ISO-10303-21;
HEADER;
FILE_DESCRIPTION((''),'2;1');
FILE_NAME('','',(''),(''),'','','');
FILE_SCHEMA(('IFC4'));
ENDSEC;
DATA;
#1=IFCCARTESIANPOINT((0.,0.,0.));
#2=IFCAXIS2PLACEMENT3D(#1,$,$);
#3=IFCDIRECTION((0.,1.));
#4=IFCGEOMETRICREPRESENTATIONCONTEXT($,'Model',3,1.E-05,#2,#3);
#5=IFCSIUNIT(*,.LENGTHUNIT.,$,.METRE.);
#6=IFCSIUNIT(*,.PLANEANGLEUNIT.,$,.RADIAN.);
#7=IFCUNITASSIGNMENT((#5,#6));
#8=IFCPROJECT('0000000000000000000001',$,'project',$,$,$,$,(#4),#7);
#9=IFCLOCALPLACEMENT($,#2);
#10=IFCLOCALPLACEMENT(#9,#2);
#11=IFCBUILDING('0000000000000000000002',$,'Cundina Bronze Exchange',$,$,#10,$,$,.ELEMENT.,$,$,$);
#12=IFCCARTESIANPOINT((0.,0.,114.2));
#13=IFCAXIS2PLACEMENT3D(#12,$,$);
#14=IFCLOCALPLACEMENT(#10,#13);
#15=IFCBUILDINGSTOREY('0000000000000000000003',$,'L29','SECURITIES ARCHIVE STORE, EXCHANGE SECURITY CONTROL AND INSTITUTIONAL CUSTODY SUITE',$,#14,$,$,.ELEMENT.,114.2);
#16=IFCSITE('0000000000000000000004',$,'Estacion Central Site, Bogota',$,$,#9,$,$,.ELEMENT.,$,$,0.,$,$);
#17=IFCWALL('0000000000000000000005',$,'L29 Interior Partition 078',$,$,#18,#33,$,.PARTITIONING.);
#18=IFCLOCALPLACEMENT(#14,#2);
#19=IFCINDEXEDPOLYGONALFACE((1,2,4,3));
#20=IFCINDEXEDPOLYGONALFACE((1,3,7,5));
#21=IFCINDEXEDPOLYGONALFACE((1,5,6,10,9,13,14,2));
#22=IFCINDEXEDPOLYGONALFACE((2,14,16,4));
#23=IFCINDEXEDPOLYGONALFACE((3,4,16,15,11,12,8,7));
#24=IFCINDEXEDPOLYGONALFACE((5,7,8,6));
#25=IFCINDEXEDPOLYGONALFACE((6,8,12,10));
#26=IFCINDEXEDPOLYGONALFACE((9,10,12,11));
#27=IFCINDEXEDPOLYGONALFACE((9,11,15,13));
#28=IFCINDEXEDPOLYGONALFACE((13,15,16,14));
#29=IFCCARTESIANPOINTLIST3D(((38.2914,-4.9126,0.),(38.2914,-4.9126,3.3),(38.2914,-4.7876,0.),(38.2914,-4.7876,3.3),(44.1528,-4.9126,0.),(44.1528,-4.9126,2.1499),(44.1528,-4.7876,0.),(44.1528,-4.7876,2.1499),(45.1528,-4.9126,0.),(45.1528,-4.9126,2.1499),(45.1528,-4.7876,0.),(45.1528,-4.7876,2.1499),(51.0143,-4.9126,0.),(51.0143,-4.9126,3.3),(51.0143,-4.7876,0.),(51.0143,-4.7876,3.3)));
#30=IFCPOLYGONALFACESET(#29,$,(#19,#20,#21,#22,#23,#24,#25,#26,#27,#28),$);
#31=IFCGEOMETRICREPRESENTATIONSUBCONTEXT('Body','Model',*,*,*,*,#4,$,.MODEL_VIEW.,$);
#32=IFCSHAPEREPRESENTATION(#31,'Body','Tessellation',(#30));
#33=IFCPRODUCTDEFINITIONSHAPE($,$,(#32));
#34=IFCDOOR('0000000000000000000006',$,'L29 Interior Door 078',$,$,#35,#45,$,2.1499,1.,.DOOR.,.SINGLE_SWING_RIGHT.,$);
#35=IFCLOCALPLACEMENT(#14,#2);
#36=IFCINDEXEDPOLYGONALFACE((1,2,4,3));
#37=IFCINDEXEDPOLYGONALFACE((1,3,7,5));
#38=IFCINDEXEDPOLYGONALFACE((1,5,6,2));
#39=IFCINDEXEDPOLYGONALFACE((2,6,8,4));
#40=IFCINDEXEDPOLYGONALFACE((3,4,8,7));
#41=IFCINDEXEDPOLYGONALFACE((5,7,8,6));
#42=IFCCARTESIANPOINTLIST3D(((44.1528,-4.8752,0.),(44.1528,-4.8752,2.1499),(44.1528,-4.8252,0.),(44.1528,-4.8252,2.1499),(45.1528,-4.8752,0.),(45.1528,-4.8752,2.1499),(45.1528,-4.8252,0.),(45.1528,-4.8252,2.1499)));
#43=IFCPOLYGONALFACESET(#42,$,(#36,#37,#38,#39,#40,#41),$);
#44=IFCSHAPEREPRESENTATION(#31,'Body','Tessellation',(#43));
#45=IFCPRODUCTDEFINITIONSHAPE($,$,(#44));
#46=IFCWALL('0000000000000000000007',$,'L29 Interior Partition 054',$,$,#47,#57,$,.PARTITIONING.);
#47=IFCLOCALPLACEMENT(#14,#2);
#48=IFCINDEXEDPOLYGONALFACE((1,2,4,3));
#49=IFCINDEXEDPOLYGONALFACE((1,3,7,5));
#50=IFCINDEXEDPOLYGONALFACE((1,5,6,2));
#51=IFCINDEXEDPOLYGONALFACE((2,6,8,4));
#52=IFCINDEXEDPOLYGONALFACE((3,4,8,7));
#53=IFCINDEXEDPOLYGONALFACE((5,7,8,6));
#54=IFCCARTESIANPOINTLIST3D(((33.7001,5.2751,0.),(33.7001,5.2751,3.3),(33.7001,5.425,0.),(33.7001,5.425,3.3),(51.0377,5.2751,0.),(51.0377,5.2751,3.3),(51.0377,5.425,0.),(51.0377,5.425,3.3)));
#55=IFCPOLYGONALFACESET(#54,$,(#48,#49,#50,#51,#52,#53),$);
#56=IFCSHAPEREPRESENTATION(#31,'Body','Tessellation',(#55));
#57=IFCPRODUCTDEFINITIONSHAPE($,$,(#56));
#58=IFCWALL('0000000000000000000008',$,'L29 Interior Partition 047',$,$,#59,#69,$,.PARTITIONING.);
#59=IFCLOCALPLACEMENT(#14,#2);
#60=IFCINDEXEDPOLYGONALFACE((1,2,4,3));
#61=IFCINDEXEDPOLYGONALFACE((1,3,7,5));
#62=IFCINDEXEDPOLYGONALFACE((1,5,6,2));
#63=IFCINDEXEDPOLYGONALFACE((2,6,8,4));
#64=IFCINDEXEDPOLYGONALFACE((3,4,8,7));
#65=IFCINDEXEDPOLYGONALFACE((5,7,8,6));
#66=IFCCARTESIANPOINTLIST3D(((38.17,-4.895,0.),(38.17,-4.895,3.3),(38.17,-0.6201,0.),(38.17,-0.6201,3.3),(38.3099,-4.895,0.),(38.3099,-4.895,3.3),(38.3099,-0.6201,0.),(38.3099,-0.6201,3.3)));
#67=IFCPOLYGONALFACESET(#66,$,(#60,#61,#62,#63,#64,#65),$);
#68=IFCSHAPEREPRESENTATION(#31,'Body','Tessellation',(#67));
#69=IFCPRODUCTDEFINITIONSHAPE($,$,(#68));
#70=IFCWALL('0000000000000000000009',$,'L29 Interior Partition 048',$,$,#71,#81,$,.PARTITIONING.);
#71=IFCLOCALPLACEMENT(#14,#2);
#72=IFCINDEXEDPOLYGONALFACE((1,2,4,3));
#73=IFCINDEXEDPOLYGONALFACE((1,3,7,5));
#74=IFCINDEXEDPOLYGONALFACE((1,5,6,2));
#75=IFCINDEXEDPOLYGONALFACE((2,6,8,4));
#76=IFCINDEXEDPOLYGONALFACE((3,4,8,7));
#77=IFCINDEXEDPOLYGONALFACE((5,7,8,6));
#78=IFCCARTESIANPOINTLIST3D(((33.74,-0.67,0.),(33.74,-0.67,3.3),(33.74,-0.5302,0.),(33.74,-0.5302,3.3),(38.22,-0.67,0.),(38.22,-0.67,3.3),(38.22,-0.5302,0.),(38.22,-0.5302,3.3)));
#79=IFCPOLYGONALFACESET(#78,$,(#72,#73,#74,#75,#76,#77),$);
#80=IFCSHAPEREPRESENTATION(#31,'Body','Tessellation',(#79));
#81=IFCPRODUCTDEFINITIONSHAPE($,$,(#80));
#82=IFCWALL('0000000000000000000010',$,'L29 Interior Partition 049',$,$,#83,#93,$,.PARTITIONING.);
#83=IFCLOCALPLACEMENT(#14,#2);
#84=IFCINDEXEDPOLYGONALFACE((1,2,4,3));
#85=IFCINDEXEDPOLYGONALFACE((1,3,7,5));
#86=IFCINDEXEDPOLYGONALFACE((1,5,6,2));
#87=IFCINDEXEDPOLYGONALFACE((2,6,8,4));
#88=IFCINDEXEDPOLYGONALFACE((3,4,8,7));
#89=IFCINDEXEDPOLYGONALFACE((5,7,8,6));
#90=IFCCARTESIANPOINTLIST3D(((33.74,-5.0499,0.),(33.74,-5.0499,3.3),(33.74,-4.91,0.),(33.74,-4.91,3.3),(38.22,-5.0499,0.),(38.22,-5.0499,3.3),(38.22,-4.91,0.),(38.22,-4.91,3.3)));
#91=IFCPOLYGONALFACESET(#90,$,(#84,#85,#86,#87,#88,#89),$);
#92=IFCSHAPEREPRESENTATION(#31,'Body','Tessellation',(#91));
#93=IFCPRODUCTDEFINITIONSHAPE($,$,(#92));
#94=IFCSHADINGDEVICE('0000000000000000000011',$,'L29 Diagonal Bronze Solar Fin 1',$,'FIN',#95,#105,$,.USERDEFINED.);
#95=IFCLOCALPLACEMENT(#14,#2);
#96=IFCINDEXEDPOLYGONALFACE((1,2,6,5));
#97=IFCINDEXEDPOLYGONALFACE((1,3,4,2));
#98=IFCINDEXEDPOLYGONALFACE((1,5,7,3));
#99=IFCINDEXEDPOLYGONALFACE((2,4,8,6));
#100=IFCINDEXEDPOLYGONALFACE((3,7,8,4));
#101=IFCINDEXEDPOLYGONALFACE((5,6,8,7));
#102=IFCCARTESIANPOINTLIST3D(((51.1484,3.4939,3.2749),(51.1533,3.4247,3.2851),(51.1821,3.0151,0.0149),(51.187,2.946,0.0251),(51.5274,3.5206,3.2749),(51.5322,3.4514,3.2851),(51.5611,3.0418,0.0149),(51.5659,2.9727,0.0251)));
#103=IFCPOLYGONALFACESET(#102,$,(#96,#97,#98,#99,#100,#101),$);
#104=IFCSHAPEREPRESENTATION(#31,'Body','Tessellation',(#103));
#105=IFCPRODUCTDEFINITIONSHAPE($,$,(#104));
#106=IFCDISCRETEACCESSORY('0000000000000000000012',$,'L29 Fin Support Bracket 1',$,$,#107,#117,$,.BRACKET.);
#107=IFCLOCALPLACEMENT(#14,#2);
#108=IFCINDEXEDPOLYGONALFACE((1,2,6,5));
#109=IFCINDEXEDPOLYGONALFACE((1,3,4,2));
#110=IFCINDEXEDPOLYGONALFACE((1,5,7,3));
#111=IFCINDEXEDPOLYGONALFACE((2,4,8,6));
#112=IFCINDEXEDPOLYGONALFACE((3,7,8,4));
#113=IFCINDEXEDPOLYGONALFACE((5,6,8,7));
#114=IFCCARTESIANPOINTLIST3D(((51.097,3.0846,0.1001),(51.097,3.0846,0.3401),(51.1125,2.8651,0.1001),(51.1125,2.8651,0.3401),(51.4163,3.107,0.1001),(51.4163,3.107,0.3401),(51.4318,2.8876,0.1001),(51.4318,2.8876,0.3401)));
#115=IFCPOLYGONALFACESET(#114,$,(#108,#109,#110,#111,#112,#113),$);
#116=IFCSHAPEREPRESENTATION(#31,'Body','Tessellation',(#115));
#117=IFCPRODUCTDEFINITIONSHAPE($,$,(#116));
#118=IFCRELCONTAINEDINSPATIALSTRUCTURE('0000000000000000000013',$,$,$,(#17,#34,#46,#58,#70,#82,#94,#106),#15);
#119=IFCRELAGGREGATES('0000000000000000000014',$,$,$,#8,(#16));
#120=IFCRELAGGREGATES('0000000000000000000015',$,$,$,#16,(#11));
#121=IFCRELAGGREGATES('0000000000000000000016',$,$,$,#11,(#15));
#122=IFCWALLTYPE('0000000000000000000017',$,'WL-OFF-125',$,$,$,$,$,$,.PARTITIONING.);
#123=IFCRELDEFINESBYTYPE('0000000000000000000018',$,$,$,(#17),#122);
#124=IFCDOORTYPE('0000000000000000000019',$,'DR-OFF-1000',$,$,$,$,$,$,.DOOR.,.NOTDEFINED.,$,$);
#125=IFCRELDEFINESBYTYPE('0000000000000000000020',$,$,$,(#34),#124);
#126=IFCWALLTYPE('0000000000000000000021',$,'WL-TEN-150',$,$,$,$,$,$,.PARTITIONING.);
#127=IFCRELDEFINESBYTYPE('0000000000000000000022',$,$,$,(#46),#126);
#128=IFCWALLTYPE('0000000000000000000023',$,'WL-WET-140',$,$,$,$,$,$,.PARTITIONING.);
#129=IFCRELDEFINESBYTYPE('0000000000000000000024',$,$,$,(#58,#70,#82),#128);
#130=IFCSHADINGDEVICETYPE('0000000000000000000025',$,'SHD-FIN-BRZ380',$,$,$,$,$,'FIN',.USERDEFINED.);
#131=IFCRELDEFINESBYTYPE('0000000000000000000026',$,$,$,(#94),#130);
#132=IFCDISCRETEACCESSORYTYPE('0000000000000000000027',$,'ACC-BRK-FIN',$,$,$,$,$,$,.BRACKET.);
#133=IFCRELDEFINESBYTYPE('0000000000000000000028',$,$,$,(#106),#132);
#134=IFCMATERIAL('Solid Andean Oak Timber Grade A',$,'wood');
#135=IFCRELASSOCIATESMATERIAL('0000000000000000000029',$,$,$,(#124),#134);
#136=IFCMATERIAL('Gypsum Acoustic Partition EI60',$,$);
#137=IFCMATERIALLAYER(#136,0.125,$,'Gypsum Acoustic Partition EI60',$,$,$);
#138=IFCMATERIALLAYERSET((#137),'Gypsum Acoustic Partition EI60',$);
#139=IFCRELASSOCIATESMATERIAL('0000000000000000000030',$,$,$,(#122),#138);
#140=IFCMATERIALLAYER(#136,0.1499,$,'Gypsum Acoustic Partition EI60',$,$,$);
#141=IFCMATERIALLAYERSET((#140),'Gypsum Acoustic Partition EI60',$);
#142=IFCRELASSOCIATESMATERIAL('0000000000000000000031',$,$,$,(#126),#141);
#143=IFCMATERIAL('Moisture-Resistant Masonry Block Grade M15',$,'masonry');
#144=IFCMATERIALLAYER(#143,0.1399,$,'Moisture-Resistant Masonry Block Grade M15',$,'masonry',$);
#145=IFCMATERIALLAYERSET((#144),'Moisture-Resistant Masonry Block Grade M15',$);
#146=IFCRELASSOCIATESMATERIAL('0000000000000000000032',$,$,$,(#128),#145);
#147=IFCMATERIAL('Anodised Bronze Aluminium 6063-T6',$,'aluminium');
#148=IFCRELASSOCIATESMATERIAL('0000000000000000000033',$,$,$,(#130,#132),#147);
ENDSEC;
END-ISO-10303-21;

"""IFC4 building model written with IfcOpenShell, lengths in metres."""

from ifc_helpers import new_model, si_unit, direction, frame, frame_2d, origin, origin_2d, place, context, subcontext, project, spatial, rectangle, extrude, material, layer, layer_set, material_profile, profile_set, type_object, element, fill, save


model = new_model("IFC4")

# Units and contexts
model_context = context("Model", 3, precision=1e-05, world=origin(), true_north=direction((0.0, 1.0)))
body_context = subcontext(model_context, "Body", "Model", "MODEL_VIEW")
ifc_project = project(units=[si_unit("LENGTHUNIT", "METRE"), si_unit("PLANEANGLEUNIT", "RADIAN")], contexts=[model_context])

# Site, building, storey
site_placement = place(None, origin())
site = spatial("IfcSite", under=ifc_project, at=site_placement, Name="Estacion Central Site, Bogota", CompositionType="ELEMENT", RefElevation=0.0)
building_placement = place(site_placement, origin())
building = spatial("IfcBuilding", under=site, at=building_placement, Name="Cundina Bronze Exchange", CompositionType="ELEMENT")
storey_placement = place(building_placement, frame((0.0, 0.0, 114.2)))
storey = spatial("IfcBuildingStorey", under=building, at=storey_placement, Name="L29", Description="SECURITIES ARCHIVE STORE, EXCHANGE SECURITY CONTROL AND INSTITUTIONAL CUSTODY SUITE", CompositionType="ELEMENT", Elevation=114.2)

# Shared definitions
ifc_material_1 = material(Name="Anodised Bronze Aluminium 6063-T6", Category="aluminium")

# Shared definitions
ifc_material_2 = material(Name="Solid Andean Oak Timber Grade A", Category="wood")
door_type_1 = type_object("IfcDoorType", Name="DR-OFF-1000", OperationType="NOTDEFINED", PredefinedType="DOOR", material=ifc_material_2)

# Wall, opening, door
ifc_material_3 = material(Name="Gypsum Acoustic Partition EI60")
ifc_layer_1 = layer(ifc_material_3, 0.125, Name="Gypsum Acoustic Partition EI60")
ifc_layer_set_1 = layer_set([ifc_layer_1], Name="Gypsum Acoustic Partition EI60")
wall_type_1 = type_object("IfcWallType", Name="WL-OFF-125", PredefinedType="PARTITIONING", material=ifc_layer_set_1)
wall_1_placement = place(storey_placement, frame((38.2915, -4.8501, 0.0), z_axis=(0.0, 0.0, 1.0), x_axis=(1.0, 0.0, 0.0)))
wall_1 = element("IfcWall", 1, at=wall_1_placement, inside=storey, type_object=wall_type_1, Name="L29 Interior Partition 078", PredefinedType="PARTITIONING", context=body_context, shape_type="SweptSolid", body=[
    extrude(rectangle(XDim=12.7229, YDim=0.125, at=frame_2d((6.3613, 0.0))), origin(), (0.0, 0.0, 1.0), 3.3),
])
opening_1_placement = place(wall_1_placement, frame((5.8613, 0.0, 0.0)))
opening_1 = element("IfcOpeningElement", 2, at=opening_1_placement, cuts=wall_1, PredefinedType="OPENING", context=body_context, shape_type="SweptSolid", body=[
    extrude(rectangle(XDim=1.0, YDim=2.1499, at=frame_2d((0.5, 1.075))), frame((0.0, 0.0725, 0.0), z_axis=(0.0, -1.0, 0.0), x_axis=(1.0, 0.0, 0.0)), (0.0, 0.0, 1.0), 0.145),
])
door_1_placement = place(opening_1_placement, origin())
door_1 = element("IfcDoor", 3, at=door_1_placement, inside=storey, type_object=door_type_1, Name="L29 Interior Door 078", OperationType="SINGLE_SWING_RIGHT", OverallHeight=2.1499, OverallWidth=1.0, PredefinedType="DOOR", context=body_context, shape_type="SweptSolid", body=[
    extrude(rectangle(XDim=1.0, YDim=2.1499, at=frame_2d((0.5, 1.075))), frame((0.0, 0.0249, 0.0), z_axis=(0.0, -1.0, 0.0), x_axis=(1.0, 0.0, 0.0)), (0.0, 0.0, 1.0), 0.05),
])
fill(opening_1, door_1)

# Walls
ifc_layer_2 = layer(ifc_material_3, 0.1499, Name="Gypsum Acoustic Partition EI60")
ifc_layer_set_2 = layer_set([ifc_layer_2], Name="Gypsum Acoustic Partition EI60")
wall_type_2 = type_object("IfcWallType", Name="WL-TEN-150", PredefinedType="PARTITIONING", material=ifc_layer_set_2)
wall_2_placement = place(storey_placement, frame((33.7, 5.3501, 0.0), z_axis=(0.0, 0.0, 1.0), x_axis=(1.0, 0.0, 0.0)))
element("IfcWall", 4, at=wall_2_placement, inside=storey, type_object=wall_type_2, Name="L29 Interior Partition 054", PredefinedType="PARTITIONING", context=body_context, shape_type="SweptSolid", body=[
    extrude(rectangle(XDim=17.3376, YDim=0.1499, at=frame_2d((8.6689, 0.0))), origin(), (0.0, 0.0, 1.0), 3.3),
])
ifc_material_4 = material(Name="Moisture-Resistant Masonry Block Grade M15", Category="masonry")
ifc_layer_3 = layer(ifc_material_4, 0.1399, Name="Moisture-Resistant Masonry Block Grade M15", Category="masonry")
ifc_layer_set_3 = layer_set([ifc_layer_3], Name="Moisture-Resistant Masonry Block Grade M15")
wall_type_3 = type_object("IfcWallType", Name="WL-WET-140", PredefinedType="PARTITIONING", material=ifc_layer_set_3)
wall_3_placement = place(storey_placement, frame((38.24, -4.895, 0.0), z_axis=(0.0, 0.0, 1.0), x_axis=(0.0, 1.0, 0.0)))
element("IfcWall", 5, at=wall_3_placement, inside=storey, type_object=wall_type_3, Name="L29 Interior Partition 047", PredefinedType="PARTITIONING", context=body_context, shape_type="SweptSolid", body=[
    extrude(rectangle(XDim=4.2749, YDim=0.1399, at=frame_2d((2.1375, 0.0))), origin(), (0.0, 0.0, 1.0), 3.3),
])
for number, where, z_axis, x_axis, name in (
    (6, (33.74, -0.6001, 0.0), (0.0, 0.0, 1.0), (1.0, 0.0, 0.0), "L29 Interior Partition 048"),
    (7, (33.74, -4.98, 0.0), (0.0, 0.0, 1.0), (1.0, 0.0, 0.0), "L29 Interior Partition 049"),
):
    element("IfcWall", number, at=place(storey_placement, frame(where, z_axis=z_axis, x_axis=x_axis)), inside=storey, type_object=wall_type_3, Name=name, PredefinedType="PARTITIONING", context=body_context, shape_type="SweptSolid", body=[
        extrude(rectangle(XDim=4.48, YDim=0.1399, at=frame_2d((2.24, 0.0))), origin(), (0.0, 0.0, 1.0), 3.3),
    ])

# Shading device
ifc_material_profile_1 = material_profile(ifc_material_1, rectangle(XDim=0.0701, YDim=0.3799, at=origin_2d()), Name="FIN70X380", Category="aluminium")
ifc_profile_set_1 = profile_set([ifc_material_profile_1], Name="Anodised Bronze Aluminium 6063-T6")
shading_device_type = type_object("IfcShadingDeviceType", Name="SHD-FIN-BRZ380", ElementType="FIN", PredefinedType="USERDEFINED", material=ifc_profile_set_1)
shading_device_placement = place(storey_placement, frame((51.374, 2.9939, 0.02), z_axis=(-0.010225, 0.145292, 0.989336), x_axis=(0.06945, -0.986895, 0.145652)))
element("IfcShadingDevice", 8, at=shading_device_placement, inside=storey, type_object=shading_device_type, Name="L29 Diagonal Bronze Solar Fin 1", ObjectType="FIN", PredefinedType="USERDEFINED", context=body_context, shape_type="SweptSolid", body=[
    extrude(rectangle(XDim=0.0701, YDim=0.3799, at=origin_2d()), origin(), (0.0, 0.0, 1.0), 3.2952),
])

# Discrete accessory
discrete_accessory_type = type_object("IfcDiscreteAccessoryType", Name="ACC-BRK-FIN", PredefinedType="BRACKET", material=ifc_material_1)
discrete_accessory_placement = place(storey_placement, frame((51.2644, 2.9861, 0.1001), z_axis=(0.0, 0.0, 1.0), x_axis=(-0.070279, 0.997527, 0.0)))
element("IfcDiscreteAccessory", 9, at=discrete_accessory_placement, inside=storey, type_object=discrete_accessory_type, Name="L29 Fin Support Bracket 1", PredefinedType="BRACKET", context=body_context, shape_type="SweptSolid", body=[
    extrude(rectangle(XDim=0.22, YDim=0.3201, at=origin_2d()), origin(), (0.0, 0.0, 1.0), 0.24),
])

save(model, "model.ifc")
